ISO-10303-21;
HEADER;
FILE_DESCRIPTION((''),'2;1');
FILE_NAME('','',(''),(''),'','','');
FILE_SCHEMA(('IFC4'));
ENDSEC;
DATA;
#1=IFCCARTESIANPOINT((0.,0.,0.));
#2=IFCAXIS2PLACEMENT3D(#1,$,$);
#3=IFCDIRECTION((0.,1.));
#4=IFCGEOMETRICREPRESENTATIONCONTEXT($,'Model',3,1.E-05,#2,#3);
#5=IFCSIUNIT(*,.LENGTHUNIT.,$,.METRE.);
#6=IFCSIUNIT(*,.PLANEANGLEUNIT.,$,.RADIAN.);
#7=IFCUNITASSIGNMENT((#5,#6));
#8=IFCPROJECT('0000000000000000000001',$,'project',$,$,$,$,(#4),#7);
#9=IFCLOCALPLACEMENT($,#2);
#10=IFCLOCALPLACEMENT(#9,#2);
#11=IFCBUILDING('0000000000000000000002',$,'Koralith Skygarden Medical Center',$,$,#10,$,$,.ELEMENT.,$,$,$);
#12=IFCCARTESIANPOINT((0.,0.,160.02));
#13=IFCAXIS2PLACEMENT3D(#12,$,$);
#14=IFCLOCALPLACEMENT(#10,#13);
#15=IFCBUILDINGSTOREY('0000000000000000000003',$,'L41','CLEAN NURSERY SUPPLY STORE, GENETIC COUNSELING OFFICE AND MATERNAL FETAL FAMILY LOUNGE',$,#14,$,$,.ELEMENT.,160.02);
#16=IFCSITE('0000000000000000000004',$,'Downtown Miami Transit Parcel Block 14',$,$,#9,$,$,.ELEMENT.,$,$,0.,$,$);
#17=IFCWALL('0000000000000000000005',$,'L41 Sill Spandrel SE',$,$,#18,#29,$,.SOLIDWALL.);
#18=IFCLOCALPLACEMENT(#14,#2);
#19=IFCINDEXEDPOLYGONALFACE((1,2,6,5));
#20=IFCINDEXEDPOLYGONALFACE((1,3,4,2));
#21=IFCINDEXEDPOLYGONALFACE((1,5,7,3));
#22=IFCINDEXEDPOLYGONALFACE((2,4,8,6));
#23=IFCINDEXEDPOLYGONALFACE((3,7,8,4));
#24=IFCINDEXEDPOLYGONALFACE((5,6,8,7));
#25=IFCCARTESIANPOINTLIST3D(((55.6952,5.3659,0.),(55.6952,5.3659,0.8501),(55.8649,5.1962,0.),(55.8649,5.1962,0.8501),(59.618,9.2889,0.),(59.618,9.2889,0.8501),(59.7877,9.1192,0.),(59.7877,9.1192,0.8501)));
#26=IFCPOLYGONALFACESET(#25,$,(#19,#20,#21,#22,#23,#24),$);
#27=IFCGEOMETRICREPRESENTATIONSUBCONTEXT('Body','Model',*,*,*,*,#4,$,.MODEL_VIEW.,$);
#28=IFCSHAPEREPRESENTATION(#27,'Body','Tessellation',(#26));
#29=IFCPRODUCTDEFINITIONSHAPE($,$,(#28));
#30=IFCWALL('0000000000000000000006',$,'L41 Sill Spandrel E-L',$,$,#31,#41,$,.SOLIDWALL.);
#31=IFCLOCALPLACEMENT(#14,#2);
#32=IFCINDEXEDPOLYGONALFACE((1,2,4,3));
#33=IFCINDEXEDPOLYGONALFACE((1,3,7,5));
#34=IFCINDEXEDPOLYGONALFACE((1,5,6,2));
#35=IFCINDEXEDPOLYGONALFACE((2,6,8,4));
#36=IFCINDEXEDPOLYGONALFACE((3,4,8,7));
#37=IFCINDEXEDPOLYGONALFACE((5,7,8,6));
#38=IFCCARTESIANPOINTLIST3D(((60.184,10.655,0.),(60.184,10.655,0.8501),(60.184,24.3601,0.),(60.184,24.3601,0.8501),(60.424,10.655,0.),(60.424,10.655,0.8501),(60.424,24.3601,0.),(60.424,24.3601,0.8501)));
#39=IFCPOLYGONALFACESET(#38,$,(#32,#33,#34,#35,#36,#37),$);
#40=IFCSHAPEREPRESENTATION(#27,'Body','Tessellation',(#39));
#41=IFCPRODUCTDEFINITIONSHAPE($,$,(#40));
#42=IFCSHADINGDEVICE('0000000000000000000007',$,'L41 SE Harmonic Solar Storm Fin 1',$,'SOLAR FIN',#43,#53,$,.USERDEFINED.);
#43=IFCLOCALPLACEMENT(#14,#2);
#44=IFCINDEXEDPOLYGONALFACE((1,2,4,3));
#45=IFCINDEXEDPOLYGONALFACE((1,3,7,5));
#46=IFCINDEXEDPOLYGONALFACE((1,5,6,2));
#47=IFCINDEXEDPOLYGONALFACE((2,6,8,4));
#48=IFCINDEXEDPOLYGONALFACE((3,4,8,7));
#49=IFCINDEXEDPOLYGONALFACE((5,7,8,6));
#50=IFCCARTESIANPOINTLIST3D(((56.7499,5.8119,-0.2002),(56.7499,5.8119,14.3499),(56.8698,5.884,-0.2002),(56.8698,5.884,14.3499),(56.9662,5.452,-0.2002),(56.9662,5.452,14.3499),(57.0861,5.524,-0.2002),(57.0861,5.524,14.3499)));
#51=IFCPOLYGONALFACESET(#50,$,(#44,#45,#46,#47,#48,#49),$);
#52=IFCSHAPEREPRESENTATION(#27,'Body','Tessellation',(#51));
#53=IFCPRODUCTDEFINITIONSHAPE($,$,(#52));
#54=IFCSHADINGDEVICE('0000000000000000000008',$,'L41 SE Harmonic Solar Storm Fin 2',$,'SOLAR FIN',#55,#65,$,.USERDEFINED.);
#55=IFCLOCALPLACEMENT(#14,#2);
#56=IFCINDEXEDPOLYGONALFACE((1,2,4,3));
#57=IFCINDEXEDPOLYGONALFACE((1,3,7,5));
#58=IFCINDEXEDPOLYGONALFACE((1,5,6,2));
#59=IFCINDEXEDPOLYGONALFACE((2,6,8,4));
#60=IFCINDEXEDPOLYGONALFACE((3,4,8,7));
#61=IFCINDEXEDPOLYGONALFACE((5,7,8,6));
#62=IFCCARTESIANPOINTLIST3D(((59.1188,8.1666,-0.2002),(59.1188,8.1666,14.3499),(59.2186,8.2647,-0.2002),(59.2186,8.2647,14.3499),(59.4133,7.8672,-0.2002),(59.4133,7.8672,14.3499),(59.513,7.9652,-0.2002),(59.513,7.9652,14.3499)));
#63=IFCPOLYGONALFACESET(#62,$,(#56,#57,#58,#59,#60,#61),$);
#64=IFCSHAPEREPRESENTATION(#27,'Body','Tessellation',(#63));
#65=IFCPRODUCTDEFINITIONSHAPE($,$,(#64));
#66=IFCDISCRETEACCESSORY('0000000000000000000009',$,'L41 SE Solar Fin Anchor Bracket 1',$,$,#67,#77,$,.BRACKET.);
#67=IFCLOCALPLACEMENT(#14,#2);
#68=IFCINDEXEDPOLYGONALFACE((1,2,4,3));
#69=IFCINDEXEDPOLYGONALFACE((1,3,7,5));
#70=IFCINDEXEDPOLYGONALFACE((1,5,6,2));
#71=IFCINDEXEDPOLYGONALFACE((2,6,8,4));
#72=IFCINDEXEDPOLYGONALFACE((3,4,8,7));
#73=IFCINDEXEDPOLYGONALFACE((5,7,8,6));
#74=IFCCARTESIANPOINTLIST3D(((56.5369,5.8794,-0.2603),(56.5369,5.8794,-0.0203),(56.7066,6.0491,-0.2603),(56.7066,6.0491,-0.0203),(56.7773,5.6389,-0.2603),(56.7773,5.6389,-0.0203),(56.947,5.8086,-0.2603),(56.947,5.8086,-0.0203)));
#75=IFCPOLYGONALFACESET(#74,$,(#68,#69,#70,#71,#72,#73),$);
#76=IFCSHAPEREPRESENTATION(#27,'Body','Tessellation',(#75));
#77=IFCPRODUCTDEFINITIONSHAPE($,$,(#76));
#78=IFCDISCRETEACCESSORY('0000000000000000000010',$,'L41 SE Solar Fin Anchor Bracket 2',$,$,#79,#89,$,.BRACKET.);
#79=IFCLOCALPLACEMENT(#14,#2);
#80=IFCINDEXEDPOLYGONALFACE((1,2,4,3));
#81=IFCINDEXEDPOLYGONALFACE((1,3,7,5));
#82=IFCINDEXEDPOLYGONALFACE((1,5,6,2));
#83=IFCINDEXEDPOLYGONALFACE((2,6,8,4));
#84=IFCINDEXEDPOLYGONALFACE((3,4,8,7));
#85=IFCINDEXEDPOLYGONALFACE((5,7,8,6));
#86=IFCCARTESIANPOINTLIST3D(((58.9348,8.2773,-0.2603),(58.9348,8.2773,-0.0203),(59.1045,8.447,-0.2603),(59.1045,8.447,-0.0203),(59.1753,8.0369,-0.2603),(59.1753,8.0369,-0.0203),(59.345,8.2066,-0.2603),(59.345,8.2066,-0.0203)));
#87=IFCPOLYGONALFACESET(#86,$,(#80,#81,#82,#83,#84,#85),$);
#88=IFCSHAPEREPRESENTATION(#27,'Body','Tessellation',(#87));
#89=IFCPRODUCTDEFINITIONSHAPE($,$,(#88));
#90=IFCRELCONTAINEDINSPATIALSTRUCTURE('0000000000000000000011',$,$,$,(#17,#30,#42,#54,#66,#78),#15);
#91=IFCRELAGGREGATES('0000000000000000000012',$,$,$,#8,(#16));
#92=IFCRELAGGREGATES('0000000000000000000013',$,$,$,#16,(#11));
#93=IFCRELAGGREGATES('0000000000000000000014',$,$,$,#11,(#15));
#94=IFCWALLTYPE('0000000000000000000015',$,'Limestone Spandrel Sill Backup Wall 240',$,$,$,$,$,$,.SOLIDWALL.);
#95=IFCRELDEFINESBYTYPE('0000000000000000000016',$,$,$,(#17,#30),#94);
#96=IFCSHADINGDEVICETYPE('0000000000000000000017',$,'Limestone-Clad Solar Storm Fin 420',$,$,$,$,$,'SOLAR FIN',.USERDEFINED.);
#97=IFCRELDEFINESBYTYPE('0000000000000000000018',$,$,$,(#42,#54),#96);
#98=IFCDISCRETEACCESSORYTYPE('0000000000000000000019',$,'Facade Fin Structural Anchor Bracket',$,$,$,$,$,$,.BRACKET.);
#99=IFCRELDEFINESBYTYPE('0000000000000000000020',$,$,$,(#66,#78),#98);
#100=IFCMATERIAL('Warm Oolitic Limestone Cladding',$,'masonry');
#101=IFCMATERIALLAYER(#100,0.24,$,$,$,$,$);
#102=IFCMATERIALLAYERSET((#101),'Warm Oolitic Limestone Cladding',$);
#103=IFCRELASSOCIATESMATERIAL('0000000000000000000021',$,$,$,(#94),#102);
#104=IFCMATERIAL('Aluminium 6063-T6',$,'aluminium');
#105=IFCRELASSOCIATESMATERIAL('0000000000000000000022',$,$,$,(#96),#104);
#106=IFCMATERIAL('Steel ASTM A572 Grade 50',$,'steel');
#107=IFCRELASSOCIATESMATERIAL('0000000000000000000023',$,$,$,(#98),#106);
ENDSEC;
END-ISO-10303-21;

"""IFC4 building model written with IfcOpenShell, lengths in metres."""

from ifc_helpers import new_model, si_unit, direction, frame, frame_2d, origin, origin_2d, place, context, subcontext, project, spatial, rectangle, extrude, material, layer, layer_set, type_object, element, save


model = new_model("IFC4")

# Units and contexts
model_context = context("Model", 3, precision=1e-05, world=origin(), true_north=direction((0.0, 1.0)))
body_context = subcontext(model_context, "Body", "Model", "MODEL_VIEW")
ifc_project = project(units=[si_unit("LENGTHUNIT", "METRE"), si_unit("PLANEANGLEUNIT", "RADIAN")], contexts=[model_context])

# Site, building, storey
site_placement = place(None, origin())
site = spatial("IfcSite", under=ifc_project, at=site_placement, Name="Downtown Miami Transit Parcel Block 14", CompositionType="ELEMENT", RefElevation=0.0)
building_placement = place(site_placement, origin())
building = spatial("IfcBuilding", under=site, at=building_placement, Name="Koralith Skygarden Medical Center", CompositionType="ELEMENT")
storey_placement = place(building_placement, frame((0.0, 0.0, 160.02)))
storey = spatial("IfcBuildingStorey", under=building, at=storey_placement, Name="L41", Description="CLEAN NURSERY SUPPLY STORE, GENETIC COUNSELING OFFICE AND MATERNAL FETAL FAMILY LOUNGE", CompositionType="ELEMENT", Elevation=160.02)

# Shared definitions
ifc_material_1 = material(Name="Aluminium 6063-T6", Category="aluminium")

# Shared definitions
ifc_material_2 = material(Name="Warm Oolitic Limestone Cladding", Category="masonry")

# Walls
ifc_layer_1 = layer(ifc_material_2, 0.24)
ifc_layer_set_1 = layer_set([ifc_layer_1], Name="Warm Oolitic Limestone Cladding")
wall_type = type_object("IfcWallType", Name="Limestone Spandrel Sill Backup Wall 240", PredefinedType="SOLIDWALL", material=ifc_layer_set_1)
wall_1_placement = place(storey_placement, frame((55.78, 5.281, 0.0), z_axis=(0.0, 0.0, 1.0), x_axis=(0.707085, 0.707129, 0.0)))
element("IfcWall", 1, at=wall_1_placement, inside=storey, type_object=wall_type, Name="L41 Sill Spandrel SE", PredefinedType="SOLIDWALL", context=body_context, shape_type="SweptSolid", body=[
    extrude(rectangle(XDim=5.5479, YDim=0.24, at=frame_2d((2.7739, 0.0))), origin(), (0.0, 0.0, 1.0), 0.8501),
])
wall_2_placement = place(storey_placement, frame((60.304, 10.655, 0.0), z_axis=(0.0, 0.0, 1.0), x_axis=(0.0, 1.0, 0.0)))
element("IfcWall", 2, at=wall_2_placement, inside=storey, type_object=wall_type, Name="L41 Sill Spandrel E-L", PredefinedType="SOLIDWALL", context=body_context, shape_type="SweptSolid", body=[
    extrude(rectangle(XDim=13.7051, YDim=0.24, at=frame_2d((6.8525, 0.0))), origin(), (0.0, 0.0, 1.0), 0.8501),
])

# Shading devices
shading_device_type = type_object("IfcShadingDeviceType", Name="Limestone-Clad Solar Storm Fin 420", ElementType="SOLAR FIN", PredefinedType="USERDEFINED", material=ifc_material_1)
for number, where, z_axis, x_axis, name in (
    (3, (56.918, 5.668, -0.2002), (0.0, 0.0, 1.0), (0.515158, -0.857095, 0.0), "L41 SE Harmonic Solar Storm Fin 1"),
    (4, (59.3159, 8.0659, -0.2002), (0.0, 0.0, 1.0), (0.701121, -0.713042, 0.0), "L41 SE Harmonic Solar Storm Fin 2"),
):
    element("IfcShadingDevice", number, at=place(storey_placement, frame(where, z_axis=z_axis, x_axis=x_axis)), inside=storey, type_object=shading_device_type, Name=name, ObjectType="SOLAR FIN", PredefinedType="USERDEFINED", context=body_context, shape_type="SweptSolid", body=[
        extrude(rectangle(XDim=0.4199, YDim=0.1399, at=origin_2d()), origin(), (0.0, 0.0, 1.0), 14.55),
    ])

# Discrete accessories
ifc_material_3 = material(Name="Steel ASTM A572 Grade 50", Category="steel")
discrete_accessory_type = type_object("IfcDiscreteAccessoryType", Name="Facade Fin Structural Anchor Bracket", PredefinedType="BRACKET", material=ifc_material_3)
for number, where, z_axis, x_axis, name in (
    (5, (56.7419, 5.844, -0.2603), (0.0, 0.0, 1.0), (0.707107, -0.707107, 0.0), "L41 SE Solar Fin Anchor Bracket 1"),
    (6, (59.1399, 8.2419, -0.2603), (0.0, 0.0, 1.0), (0.707107, -0.707107, 0.0), "L41 SE Solar Fin Anchor Bracket 2"),
):
    element("IfcDiscreteAccessory", number, at=place(storey_placement, frame(where, z_axis=z_axis, x_axis=x_axis)), inside=storey, type_object=discrete_accessory_type, Name=name, PredefinedType="BRACKET", context=body_context, shape_type="SweptSolid", body=[
        extrude(rectangle(XDim=0.3401, YDim=0.24, at=origin_2d()), origin(), (0.0, 0.0, 1.0), 0.24),
    ])

save(model, "model.ifc")
